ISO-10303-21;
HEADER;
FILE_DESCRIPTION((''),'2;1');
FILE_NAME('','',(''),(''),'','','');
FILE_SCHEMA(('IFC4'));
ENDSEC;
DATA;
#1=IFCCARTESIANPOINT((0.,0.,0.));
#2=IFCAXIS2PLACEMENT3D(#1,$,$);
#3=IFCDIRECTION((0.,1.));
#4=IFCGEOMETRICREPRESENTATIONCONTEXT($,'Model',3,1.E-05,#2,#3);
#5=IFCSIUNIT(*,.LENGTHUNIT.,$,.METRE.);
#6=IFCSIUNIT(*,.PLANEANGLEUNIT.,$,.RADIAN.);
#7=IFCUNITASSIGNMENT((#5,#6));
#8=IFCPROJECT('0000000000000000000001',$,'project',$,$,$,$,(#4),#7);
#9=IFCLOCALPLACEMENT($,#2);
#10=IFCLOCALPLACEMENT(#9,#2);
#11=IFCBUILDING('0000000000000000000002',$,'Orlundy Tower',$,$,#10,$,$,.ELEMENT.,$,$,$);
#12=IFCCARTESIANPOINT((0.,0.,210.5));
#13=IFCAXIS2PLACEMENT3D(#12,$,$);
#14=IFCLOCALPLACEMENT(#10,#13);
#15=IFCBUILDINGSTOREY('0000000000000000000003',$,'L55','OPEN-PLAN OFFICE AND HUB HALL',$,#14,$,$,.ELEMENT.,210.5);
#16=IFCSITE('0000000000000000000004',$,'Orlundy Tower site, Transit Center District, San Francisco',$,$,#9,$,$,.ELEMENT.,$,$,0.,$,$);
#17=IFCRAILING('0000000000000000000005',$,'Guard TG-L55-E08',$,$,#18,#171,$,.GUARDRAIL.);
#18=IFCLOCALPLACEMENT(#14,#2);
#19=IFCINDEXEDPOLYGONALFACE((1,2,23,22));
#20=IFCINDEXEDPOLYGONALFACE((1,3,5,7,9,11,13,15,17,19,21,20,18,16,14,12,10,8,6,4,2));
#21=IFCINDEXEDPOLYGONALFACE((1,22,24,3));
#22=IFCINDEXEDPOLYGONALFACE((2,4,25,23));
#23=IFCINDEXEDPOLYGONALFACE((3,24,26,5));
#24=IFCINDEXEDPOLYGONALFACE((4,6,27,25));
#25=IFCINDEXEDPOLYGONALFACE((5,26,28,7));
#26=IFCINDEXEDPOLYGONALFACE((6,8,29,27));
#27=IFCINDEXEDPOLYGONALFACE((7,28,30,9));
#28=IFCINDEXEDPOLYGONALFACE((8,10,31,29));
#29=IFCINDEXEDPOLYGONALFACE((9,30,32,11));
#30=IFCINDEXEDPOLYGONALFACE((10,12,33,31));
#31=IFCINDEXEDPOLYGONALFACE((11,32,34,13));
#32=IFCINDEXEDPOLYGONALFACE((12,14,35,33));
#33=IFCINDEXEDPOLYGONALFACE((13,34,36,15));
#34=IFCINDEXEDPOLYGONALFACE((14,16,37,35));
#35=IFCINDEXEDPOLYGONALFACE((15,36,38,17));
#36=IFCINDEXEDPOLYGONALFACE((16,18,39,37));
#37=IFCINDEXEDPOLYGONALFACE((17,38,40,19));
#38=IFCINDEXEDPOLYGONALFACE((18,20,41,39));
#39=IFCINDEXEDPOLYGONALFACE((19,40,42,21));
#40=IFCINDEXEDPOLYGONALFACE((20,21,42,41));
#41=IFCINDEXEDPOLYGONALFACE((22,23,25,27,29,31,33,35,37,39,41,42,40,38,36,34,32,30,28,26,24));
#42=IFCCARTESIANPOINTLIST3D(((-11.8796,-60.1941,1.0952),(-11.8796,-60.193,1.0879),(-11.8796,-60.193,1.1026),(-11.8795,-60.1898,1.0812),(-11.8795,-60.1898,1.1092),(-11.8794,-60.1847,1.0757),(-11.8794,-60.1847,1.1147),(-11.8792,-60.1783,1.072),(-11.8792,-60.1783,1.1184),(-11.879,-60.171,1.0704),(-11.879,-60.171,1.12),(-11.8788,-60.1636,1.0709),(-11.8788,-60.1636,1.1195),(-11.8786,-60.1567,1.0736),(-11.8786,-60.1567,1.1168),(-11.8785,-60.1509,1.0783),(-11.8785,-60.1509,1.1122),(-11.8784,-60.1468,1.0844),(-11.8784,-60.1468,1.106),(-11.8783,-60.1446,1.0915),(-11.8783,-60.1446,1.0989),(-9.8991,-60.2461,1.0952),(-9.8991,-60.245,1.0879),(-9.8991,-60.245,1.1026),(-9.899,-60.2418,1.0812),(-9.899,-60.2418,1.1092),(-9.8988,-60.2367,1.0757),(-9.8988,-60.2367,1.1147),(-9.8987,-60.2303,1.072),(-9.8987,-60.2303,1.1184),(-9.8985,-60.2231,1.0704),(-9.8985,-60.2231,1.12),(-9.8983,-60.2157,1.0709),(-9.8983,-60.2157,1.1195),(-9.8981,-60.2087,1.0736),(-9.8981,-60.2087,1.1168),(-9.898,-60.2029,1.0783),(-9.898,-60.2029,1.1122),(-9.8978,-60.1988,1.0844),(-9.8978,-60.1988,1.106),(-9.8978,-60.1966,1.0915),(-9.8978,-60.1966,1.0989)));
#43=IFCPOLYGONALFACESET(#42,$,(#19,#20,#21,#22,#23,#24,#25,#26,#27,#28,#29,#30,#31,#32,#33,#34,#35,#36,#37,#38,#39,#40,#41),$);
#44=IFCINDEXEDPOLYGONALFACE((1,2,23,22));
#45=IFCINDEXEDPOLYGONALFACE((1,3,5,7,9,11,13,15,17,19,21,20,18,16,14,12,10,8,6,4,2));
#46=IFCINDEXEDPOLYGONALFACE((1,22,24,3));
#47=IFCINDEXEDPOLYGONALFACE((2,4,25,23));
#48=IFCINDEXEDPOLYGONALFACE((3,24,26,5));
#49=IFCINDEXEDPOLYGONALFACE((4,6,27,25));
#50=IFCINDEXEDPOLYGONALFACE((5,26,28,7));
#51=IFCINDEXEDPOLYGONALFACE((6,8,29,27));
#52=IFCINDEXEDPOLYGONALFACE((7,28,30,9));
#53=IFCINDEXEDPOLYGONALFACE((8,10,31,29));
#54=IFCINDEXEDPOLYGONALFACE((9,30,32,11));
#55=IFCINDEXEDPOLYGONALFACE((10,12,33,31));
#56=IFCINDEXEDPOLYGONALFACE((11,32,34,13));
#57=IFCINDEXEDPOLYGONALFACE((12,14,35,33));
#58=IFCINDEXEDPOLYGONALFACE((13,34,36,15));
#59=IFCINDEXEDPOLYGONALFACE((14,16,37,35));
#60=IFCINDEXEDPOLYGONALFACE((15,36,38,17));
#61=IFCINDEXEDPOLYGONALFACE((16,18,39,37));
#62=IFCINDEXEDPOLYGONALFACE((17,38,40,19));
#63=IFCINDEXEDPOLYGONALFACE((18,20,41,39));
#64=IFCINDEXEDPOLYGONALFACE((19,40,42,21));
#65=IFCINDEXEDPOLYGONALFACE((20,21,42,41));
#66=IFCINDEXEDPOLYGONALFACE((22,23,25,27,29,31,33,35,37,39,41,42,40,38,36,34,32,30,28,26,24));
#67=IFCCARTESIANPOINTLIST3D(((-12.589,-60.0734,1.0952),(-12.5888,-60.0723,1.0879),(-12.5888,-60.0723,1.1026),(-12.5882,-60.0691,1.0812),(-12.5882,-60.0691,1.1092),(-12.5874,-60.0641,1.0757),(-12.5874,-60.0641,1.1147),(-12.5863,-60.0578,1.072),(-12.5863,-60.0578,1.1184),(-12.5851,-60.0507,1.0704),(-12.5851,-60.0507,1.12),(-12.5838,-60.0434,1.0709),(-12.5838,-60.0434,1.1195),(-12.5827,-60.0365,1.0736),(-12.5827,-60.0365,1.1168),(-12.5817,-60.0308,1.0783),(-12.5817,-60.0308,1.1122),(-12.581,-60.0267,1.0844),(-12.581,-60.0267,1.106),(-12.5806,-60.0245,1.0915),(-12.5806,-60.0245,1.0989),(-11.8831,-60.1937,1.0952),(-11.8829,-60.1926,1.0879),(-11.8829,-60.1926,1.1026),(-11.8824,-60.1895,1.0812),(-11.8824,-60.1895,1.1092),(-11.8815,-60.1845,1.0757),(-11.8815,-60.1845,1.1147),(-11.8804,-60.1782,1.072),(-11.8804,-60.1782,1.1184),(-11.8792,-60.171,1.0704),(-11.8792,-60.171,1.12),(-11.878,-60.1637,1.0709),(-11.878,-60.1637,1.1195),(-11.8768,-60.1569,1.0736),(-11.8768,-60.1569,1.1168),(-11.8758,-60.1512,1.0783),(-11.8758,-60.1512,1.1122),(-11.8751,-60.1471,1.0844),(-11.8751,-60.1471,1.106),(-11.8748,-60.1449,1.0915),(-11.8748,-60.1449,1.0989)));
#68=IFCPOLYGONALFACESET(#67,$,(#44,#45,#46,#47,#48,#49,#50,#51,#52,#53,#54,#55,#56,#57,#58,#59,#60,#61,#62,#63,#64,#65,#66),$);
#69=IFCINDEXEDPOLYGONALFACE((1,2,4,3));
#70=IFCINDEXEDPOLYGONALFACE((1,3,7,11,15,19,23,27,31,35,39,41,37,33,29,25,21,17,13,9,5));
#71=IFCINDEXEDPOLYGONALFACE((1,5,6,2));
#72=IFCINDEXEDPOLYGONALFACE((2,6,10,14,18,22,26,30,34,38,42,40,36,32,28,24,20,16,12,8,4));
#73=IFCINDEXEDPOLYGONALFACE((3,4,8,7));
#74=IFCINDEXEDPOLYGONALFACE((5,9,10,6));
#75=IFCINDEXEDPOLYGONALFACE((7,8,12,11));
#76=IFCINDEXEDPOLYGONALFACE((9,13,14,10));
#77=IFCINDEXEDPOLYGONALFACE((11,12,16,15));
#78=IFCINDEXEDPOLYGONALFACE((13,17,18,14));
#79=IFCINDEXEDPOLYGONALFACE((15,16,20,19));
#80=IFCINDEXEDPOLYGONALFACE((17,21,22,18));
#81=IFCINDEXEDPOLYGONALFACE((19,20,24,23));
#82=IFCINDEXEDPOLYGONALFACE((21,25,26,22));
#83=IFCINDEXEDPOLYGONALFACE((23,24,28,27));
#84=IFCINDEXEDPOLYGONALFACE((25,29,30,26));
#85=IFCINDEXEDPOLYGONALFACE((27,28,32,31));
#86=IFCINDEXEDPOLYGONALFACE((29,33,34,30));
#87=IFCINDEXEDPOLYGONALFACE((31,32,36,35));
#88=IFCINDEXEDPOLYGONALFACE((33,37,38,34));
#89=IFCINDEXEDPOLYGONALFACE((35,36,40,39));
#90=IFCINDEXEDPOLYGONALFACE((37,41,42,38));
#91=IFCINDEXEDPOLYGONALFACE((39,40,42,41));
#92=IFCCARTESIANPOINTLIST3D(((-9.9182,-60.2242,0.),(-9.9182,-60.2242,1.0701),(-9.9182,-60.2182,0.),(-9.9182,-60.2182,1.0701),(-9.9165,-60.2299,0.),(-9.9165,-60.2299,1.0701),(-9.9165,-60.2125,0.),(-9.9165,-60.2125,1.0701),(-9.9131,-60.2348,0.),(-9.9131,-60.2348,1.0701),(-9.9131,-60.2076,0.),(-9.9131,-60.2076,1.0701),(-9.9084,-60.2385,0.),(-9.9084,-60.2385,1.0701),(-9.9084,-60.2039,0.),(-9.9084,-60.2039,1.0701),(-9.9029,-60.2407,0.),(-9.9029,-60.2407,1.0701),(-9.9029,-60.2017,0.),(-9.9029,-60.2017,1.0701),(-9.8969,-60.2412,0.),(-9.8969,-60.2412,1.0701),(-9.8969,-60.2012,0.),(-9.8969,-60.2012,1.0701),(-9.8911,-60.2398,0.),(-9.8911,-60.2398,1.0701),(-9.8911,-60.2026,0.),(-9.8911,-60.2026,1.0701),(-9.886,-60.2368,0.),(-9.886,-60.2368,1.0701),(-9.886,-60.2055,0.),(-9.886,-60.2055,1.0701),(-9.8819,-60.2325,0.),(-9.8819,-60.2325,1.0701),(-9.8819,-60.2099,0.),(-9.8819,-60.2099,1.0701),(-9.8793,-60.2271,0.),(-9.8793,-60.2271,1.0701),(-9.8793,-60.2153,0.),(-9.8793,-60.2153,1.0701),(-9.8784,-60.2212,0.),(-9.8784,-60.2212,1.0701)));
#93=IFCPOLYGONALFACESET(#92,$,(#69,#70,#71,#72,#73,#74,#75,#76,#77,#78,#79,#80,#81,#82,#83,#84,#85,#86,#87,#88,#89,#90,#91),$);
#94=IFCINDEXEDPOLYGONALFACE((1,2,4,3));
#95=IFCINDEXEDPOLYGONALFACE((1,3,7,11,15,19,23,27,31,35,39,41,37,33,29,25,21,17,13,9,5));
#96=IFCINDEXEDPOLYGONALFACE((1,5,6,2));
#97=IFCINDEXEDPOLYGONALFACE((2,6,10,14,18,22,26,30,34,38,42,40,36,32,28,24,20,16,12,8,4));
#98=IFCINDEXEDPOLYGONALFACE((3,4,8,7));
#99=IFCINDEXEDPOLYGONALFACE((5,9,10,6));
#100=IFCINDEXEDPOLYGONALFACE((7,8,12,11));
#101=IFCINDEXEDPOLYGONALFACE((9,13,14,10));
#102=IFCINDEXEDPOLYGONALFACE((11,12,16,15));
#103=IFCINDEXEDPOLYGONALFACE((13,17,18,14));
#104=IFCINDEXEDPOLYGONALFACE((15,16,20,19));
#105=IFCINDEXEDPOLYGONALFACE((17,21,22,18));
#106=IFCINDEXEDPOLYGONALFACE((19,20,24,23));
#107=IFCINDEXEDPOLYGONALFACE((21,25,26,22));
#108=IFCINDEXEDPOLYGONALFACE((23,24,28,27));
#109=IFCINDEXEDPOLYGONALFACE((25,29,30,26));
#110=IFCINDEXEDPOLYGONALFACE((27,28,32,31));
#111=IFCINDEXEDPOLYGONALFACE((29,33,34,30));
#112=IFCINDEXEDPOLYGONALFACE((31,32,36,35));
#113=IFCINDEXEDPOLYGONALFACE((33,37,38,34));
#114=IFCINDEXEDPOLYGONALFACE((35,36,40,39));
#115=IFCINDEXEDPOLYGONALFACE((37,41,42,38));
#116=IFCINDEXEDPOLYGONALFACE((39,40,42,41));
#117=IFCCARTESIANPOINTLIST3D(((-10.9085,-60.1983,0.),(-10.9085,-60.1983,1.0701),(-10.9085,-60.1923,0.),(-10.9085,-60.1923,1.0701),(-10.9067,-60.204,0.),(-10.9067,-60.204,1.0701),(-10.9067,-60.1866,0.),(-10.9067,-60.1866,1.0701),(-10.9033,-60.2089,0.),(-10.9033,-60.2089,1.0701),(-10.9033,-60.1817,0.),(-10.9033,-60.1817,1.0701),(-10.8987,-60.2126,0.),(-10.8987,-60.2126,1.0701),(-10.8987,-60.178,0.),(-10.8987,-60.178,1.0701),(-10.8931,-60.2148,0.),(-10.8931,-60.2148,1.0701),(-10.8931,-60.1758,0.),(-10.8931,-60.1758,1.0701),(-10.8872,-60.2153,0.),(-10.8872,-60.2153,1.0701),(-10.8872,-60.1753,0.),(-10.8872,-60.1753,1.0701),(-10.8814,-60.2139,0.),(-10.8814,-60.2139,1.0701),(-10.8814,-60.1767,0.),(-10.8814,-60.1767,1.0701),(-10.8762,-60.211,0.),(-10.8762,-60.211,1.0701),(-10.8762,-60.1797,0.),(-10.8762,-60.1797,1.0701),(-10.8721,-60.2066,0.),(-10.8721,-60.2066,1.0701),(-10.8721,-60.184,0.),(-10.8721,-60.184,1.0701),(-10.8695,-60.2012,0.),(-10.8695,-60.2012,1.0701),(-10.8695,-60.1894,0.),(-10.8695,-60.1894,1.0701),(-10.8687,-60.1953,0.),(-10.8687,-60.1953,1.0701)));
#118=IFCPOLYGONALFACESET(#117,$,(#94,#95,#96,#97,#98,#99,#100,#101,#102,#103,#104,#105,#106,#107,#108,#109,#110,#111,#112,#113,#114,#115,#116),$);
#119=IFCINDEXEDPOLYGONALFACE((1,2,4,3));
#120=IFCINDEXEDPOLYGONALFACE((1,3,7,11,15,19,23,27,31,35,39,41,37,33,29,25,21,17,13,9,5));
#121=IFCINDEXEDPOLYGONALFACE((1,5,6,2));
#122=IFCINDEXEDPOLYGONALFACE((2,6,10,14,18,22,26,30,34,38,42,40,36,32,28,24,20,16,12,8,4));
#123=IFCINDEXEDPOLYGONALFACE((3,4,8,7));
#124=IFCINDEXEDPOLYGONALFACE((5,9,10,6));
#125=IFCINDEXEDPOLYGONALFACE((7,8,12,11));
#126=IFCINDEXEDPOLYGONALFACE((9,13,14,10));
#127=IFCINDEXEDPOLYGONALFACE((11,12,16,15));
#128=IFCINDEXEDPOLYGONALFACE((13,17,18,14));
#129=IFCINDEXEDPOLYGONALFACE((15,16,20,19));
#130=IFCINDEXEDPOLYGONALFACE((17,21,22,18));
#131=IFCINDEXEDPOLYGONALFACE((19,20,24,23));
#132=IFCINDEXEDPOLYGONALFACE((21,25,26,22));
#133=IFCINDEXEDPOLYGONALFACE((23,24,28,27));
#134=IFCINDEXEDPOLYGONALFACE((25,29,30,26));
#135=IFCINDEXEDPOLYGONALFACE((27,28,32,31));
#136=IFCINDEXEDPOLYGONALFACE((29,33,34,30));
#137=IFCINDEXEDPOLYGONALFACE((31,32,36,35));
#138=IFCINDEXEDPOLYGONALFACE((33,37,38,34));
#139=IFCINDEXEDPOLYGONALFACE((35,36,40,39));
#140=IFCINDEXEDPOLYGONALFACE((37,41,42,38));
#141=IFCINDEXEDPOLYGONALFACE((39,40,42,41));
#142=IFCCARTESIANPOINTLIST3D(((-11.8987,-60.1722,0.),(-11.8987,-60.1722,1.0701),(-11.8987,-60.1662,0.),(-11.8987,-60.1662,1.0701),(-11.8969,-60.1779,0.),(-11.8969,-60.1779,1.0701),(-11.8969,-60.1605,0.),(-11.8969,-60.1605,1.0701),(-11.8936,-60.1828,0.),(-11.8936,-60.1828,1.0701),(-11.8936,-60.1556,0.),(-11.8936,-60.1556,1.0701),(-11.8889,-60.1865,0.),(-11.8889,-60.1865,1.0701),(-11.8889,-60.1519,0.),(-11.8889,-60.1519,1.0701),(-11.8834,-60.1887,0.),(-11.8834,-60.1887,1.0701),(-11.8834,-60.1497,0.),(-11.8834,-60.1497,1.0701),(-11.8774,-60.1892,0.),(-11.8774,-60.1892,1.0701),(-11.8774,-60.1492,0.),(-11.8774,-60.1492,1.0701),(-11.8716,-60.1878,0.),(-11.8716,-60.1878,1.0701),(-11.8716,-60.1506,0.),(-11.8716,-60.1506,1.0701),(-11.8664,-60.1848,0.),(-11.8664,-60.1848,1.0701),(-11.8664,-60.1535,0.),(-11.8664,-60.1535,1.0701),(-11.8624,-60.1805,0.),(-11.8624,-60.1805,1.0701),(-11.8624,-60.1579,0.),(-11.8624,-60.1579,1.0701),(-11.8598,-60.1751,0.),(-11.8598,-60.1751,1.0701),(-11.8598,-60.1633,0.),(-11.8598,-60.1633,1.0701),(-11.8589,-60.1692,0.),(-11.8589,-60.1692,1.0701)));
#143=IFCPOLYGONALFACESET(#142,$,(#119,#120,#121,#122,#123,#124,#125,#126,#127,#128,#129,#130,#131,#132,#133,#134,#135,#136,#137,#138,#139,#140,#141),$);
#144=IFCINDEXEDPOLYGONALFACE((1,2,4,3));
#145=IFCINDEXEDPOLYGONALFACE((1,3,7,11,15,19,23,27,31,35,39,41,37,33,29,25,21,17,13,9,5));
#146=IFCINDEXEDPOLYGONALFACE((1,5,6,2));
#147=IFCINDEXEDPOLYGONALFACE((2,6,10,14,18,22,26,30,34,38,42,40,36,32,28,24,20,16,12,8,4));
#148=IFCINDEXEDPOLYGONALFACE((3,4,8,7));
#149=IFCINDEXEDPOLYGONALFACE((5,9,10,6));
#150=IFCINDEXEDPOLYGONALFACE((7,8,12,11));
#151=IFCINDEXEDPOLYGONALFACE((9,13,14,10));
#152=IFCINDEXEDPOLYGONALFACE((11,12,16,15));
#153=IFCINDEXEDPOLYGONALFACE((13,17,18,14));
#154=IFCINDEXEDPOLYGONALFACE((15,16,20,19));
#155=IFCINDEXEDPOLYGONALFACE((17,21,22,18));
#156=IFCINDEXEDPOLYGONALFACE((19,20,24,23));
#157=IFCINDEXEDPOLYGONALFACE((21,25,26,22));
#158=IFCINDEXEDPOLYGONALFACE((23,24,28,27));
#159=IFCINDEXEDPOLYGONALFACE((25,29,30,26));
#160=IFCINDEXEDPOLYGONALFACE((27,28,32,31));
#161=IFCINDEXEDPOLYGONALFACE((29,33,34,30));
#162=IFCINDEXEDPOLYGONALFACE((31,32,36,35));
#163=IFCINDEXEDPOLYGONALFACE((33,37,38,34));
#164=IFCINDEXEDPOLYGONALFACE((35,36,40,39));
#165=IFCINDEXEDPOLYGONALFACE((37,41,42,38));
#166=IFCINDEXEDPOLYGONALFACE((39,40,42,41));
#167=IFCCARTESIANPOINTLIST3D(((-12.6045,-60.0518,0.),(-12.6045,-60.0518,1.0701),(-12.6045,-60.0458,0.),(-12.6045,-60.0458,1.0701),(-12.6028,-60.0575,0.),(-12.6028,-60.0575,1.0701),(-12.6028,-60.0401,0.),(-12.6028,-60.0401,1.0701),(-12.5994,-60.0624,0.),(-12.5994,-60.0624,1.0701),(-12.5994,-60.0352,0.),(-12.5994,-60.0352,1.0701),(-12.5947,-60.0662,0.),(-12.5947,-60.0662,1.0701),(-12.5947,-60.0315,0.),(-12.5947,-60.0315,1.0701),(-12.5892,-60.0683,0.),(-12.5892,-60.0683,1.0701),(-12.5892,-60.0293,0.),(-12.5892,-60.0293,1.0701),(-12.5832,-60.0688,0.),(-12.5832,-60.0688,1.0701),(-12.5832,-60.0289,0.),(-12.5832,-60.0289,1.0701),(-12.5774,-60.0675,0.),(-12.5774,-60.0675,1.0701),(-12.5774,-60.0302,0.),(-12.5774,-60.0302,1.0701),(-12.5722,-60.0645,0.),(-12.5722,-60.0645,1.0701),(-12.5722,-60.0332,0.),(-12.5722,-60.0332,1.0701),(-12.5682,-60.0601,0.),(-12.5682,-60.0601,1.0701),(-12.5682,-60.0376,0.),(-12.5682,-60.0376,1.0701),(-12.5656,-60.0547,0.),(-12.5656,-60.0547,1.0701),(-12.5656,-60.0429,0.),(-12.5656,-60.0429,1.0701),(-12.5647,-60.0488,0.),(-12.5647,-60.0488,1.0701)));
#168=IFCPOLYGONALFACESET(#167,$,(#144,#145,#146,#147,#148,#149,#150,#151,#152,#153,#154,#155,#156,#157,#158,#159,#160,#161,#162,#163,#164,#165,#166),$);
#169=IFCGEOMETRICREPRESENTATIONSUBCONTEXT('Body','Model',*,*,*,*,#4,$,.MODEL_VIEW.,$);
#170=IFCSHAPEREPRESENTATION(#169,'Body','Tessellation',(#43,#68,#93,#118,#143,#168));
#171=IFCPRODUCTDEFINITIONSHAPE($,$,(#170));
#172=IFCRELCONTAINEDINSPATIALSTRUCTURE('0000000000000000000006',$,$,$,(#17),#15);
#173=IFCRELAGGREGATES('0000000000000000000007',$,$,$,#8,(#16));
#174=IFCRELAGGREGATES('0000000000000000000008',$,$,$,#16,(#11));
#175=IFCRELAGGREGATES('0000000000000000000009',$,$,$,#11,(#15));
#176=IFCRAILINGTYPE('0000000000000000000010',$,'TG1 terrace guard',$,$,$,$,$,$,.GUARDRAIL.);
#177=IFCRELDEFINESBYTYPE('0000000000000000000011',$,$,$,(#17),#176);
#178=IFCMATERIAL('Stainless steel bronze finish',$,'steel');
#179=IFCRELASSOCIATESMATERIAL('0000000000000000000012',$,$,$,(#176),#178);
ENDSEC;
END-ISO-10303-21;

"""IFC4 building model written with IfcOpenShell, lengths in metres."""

from ifc_helpers import new_model, si_unit, direction, frame, origin, origin_2d, place, context, subcontext, project, spatial, circle, extrude, material, type_object, element, save


model = new_model("IFC4")

# Units and contexts
model_context = context("Model", 3, precision=1e-05, world=origin(), true_north=direction((0.0, 1.0)))
body_context = subcontext(model_context, "Body", "Model", "MODEL_VIEW")
ifc_project = project(units=[si_unit("LENGTHUNIT", "METRE"), si_unit("PLANEANGLEUNIT", "RADIAN")], contexts=[model_context])

# Site, building, storey
site_placement = place(None, origin())
site = spatial("IfcSite", under=ifc_project, at=site_placement, Name="Orlundy Tower site, Transit Center District, San Francisco", CompositionType="ELEMENT", RefElevation=0.0)
building_placement = place(site_placement, origin())
building = spatial("IfcBuilding", under=site, at=building_placement, Name="Orlundy Tower", CompositionType="ELEMENT")
storey_placement = place(building_placement, frame((0.0, 0.0, 210.5)))
storey = spatial("IfcBuildingStorey", under=building, at=storey_placement, Name="L55", Description="OPEN-PLAN OFFICE AND HUB HALL", CompositionType="ELEMENT", Elevation=210.5)

# Railing
ifc_material_1 = material(Name="Stainless steel bronze finish", Category="steel")
railing_type = type_object("IfcRailingType", Name="TG1 terrace guard", PredefinedType="GUARDRAIL", material=ifc_material_1)
railing_1_placement = place(storey_placement, frame((-9.8984, -60.2212, 0.0)))
element("IfcRailing", 1, at=railing_1_placement, inside=storey, type_object=railing_type, Name="Guard TG-L55-E08", PredefinedType="GUARDRAIL", context=body_context, shape_type="SweptSolid", body=[
    extrude(circle(Radius=0.0249, at=origin_2d()), frame((0.0, 0.0, 1.0952), z_axis=(-0.999655, 0.026248, 0.0), x_axis=(-0.026248, -0.999655, 0.0)), (0.0, 0.0, 1.0), 1.9812),
    extrude(circle(Radius=0.0249, at=origin_2d()), frame((-1.9805, 0.052, 1.0952), z_axis=(-0.98577, 0.168103, 0.0), x_axis=(-0.168103, -0.98577, 0.0)), (0.0, 0.0, 1.0), 0.7161),
    extrude(circle(Radius=0.02, at=origin_2d()), origin(), (0.0, 0.0, 1.0), 1.0701),
    extrude(circle(Radius=0.02, at=origin_2d()), frame((-0.9902, 0.0259, 0.0)), (0.0, 0.0, 1.0), 1.0701),
    extrude(circle(Radius=0.02, at=origin_2d()), frame((-1.9805, 0.052, 0.0)), (0.0, 0.0, 1.0), 1.0701),
    extrude(circle(Radius=0.02, at=origin_2d()), frame((-2.6863, 0.1724, 0.0)), (0.0, 0.0, 1.0), 1.0701),
])

save(model, "model.ifc")
